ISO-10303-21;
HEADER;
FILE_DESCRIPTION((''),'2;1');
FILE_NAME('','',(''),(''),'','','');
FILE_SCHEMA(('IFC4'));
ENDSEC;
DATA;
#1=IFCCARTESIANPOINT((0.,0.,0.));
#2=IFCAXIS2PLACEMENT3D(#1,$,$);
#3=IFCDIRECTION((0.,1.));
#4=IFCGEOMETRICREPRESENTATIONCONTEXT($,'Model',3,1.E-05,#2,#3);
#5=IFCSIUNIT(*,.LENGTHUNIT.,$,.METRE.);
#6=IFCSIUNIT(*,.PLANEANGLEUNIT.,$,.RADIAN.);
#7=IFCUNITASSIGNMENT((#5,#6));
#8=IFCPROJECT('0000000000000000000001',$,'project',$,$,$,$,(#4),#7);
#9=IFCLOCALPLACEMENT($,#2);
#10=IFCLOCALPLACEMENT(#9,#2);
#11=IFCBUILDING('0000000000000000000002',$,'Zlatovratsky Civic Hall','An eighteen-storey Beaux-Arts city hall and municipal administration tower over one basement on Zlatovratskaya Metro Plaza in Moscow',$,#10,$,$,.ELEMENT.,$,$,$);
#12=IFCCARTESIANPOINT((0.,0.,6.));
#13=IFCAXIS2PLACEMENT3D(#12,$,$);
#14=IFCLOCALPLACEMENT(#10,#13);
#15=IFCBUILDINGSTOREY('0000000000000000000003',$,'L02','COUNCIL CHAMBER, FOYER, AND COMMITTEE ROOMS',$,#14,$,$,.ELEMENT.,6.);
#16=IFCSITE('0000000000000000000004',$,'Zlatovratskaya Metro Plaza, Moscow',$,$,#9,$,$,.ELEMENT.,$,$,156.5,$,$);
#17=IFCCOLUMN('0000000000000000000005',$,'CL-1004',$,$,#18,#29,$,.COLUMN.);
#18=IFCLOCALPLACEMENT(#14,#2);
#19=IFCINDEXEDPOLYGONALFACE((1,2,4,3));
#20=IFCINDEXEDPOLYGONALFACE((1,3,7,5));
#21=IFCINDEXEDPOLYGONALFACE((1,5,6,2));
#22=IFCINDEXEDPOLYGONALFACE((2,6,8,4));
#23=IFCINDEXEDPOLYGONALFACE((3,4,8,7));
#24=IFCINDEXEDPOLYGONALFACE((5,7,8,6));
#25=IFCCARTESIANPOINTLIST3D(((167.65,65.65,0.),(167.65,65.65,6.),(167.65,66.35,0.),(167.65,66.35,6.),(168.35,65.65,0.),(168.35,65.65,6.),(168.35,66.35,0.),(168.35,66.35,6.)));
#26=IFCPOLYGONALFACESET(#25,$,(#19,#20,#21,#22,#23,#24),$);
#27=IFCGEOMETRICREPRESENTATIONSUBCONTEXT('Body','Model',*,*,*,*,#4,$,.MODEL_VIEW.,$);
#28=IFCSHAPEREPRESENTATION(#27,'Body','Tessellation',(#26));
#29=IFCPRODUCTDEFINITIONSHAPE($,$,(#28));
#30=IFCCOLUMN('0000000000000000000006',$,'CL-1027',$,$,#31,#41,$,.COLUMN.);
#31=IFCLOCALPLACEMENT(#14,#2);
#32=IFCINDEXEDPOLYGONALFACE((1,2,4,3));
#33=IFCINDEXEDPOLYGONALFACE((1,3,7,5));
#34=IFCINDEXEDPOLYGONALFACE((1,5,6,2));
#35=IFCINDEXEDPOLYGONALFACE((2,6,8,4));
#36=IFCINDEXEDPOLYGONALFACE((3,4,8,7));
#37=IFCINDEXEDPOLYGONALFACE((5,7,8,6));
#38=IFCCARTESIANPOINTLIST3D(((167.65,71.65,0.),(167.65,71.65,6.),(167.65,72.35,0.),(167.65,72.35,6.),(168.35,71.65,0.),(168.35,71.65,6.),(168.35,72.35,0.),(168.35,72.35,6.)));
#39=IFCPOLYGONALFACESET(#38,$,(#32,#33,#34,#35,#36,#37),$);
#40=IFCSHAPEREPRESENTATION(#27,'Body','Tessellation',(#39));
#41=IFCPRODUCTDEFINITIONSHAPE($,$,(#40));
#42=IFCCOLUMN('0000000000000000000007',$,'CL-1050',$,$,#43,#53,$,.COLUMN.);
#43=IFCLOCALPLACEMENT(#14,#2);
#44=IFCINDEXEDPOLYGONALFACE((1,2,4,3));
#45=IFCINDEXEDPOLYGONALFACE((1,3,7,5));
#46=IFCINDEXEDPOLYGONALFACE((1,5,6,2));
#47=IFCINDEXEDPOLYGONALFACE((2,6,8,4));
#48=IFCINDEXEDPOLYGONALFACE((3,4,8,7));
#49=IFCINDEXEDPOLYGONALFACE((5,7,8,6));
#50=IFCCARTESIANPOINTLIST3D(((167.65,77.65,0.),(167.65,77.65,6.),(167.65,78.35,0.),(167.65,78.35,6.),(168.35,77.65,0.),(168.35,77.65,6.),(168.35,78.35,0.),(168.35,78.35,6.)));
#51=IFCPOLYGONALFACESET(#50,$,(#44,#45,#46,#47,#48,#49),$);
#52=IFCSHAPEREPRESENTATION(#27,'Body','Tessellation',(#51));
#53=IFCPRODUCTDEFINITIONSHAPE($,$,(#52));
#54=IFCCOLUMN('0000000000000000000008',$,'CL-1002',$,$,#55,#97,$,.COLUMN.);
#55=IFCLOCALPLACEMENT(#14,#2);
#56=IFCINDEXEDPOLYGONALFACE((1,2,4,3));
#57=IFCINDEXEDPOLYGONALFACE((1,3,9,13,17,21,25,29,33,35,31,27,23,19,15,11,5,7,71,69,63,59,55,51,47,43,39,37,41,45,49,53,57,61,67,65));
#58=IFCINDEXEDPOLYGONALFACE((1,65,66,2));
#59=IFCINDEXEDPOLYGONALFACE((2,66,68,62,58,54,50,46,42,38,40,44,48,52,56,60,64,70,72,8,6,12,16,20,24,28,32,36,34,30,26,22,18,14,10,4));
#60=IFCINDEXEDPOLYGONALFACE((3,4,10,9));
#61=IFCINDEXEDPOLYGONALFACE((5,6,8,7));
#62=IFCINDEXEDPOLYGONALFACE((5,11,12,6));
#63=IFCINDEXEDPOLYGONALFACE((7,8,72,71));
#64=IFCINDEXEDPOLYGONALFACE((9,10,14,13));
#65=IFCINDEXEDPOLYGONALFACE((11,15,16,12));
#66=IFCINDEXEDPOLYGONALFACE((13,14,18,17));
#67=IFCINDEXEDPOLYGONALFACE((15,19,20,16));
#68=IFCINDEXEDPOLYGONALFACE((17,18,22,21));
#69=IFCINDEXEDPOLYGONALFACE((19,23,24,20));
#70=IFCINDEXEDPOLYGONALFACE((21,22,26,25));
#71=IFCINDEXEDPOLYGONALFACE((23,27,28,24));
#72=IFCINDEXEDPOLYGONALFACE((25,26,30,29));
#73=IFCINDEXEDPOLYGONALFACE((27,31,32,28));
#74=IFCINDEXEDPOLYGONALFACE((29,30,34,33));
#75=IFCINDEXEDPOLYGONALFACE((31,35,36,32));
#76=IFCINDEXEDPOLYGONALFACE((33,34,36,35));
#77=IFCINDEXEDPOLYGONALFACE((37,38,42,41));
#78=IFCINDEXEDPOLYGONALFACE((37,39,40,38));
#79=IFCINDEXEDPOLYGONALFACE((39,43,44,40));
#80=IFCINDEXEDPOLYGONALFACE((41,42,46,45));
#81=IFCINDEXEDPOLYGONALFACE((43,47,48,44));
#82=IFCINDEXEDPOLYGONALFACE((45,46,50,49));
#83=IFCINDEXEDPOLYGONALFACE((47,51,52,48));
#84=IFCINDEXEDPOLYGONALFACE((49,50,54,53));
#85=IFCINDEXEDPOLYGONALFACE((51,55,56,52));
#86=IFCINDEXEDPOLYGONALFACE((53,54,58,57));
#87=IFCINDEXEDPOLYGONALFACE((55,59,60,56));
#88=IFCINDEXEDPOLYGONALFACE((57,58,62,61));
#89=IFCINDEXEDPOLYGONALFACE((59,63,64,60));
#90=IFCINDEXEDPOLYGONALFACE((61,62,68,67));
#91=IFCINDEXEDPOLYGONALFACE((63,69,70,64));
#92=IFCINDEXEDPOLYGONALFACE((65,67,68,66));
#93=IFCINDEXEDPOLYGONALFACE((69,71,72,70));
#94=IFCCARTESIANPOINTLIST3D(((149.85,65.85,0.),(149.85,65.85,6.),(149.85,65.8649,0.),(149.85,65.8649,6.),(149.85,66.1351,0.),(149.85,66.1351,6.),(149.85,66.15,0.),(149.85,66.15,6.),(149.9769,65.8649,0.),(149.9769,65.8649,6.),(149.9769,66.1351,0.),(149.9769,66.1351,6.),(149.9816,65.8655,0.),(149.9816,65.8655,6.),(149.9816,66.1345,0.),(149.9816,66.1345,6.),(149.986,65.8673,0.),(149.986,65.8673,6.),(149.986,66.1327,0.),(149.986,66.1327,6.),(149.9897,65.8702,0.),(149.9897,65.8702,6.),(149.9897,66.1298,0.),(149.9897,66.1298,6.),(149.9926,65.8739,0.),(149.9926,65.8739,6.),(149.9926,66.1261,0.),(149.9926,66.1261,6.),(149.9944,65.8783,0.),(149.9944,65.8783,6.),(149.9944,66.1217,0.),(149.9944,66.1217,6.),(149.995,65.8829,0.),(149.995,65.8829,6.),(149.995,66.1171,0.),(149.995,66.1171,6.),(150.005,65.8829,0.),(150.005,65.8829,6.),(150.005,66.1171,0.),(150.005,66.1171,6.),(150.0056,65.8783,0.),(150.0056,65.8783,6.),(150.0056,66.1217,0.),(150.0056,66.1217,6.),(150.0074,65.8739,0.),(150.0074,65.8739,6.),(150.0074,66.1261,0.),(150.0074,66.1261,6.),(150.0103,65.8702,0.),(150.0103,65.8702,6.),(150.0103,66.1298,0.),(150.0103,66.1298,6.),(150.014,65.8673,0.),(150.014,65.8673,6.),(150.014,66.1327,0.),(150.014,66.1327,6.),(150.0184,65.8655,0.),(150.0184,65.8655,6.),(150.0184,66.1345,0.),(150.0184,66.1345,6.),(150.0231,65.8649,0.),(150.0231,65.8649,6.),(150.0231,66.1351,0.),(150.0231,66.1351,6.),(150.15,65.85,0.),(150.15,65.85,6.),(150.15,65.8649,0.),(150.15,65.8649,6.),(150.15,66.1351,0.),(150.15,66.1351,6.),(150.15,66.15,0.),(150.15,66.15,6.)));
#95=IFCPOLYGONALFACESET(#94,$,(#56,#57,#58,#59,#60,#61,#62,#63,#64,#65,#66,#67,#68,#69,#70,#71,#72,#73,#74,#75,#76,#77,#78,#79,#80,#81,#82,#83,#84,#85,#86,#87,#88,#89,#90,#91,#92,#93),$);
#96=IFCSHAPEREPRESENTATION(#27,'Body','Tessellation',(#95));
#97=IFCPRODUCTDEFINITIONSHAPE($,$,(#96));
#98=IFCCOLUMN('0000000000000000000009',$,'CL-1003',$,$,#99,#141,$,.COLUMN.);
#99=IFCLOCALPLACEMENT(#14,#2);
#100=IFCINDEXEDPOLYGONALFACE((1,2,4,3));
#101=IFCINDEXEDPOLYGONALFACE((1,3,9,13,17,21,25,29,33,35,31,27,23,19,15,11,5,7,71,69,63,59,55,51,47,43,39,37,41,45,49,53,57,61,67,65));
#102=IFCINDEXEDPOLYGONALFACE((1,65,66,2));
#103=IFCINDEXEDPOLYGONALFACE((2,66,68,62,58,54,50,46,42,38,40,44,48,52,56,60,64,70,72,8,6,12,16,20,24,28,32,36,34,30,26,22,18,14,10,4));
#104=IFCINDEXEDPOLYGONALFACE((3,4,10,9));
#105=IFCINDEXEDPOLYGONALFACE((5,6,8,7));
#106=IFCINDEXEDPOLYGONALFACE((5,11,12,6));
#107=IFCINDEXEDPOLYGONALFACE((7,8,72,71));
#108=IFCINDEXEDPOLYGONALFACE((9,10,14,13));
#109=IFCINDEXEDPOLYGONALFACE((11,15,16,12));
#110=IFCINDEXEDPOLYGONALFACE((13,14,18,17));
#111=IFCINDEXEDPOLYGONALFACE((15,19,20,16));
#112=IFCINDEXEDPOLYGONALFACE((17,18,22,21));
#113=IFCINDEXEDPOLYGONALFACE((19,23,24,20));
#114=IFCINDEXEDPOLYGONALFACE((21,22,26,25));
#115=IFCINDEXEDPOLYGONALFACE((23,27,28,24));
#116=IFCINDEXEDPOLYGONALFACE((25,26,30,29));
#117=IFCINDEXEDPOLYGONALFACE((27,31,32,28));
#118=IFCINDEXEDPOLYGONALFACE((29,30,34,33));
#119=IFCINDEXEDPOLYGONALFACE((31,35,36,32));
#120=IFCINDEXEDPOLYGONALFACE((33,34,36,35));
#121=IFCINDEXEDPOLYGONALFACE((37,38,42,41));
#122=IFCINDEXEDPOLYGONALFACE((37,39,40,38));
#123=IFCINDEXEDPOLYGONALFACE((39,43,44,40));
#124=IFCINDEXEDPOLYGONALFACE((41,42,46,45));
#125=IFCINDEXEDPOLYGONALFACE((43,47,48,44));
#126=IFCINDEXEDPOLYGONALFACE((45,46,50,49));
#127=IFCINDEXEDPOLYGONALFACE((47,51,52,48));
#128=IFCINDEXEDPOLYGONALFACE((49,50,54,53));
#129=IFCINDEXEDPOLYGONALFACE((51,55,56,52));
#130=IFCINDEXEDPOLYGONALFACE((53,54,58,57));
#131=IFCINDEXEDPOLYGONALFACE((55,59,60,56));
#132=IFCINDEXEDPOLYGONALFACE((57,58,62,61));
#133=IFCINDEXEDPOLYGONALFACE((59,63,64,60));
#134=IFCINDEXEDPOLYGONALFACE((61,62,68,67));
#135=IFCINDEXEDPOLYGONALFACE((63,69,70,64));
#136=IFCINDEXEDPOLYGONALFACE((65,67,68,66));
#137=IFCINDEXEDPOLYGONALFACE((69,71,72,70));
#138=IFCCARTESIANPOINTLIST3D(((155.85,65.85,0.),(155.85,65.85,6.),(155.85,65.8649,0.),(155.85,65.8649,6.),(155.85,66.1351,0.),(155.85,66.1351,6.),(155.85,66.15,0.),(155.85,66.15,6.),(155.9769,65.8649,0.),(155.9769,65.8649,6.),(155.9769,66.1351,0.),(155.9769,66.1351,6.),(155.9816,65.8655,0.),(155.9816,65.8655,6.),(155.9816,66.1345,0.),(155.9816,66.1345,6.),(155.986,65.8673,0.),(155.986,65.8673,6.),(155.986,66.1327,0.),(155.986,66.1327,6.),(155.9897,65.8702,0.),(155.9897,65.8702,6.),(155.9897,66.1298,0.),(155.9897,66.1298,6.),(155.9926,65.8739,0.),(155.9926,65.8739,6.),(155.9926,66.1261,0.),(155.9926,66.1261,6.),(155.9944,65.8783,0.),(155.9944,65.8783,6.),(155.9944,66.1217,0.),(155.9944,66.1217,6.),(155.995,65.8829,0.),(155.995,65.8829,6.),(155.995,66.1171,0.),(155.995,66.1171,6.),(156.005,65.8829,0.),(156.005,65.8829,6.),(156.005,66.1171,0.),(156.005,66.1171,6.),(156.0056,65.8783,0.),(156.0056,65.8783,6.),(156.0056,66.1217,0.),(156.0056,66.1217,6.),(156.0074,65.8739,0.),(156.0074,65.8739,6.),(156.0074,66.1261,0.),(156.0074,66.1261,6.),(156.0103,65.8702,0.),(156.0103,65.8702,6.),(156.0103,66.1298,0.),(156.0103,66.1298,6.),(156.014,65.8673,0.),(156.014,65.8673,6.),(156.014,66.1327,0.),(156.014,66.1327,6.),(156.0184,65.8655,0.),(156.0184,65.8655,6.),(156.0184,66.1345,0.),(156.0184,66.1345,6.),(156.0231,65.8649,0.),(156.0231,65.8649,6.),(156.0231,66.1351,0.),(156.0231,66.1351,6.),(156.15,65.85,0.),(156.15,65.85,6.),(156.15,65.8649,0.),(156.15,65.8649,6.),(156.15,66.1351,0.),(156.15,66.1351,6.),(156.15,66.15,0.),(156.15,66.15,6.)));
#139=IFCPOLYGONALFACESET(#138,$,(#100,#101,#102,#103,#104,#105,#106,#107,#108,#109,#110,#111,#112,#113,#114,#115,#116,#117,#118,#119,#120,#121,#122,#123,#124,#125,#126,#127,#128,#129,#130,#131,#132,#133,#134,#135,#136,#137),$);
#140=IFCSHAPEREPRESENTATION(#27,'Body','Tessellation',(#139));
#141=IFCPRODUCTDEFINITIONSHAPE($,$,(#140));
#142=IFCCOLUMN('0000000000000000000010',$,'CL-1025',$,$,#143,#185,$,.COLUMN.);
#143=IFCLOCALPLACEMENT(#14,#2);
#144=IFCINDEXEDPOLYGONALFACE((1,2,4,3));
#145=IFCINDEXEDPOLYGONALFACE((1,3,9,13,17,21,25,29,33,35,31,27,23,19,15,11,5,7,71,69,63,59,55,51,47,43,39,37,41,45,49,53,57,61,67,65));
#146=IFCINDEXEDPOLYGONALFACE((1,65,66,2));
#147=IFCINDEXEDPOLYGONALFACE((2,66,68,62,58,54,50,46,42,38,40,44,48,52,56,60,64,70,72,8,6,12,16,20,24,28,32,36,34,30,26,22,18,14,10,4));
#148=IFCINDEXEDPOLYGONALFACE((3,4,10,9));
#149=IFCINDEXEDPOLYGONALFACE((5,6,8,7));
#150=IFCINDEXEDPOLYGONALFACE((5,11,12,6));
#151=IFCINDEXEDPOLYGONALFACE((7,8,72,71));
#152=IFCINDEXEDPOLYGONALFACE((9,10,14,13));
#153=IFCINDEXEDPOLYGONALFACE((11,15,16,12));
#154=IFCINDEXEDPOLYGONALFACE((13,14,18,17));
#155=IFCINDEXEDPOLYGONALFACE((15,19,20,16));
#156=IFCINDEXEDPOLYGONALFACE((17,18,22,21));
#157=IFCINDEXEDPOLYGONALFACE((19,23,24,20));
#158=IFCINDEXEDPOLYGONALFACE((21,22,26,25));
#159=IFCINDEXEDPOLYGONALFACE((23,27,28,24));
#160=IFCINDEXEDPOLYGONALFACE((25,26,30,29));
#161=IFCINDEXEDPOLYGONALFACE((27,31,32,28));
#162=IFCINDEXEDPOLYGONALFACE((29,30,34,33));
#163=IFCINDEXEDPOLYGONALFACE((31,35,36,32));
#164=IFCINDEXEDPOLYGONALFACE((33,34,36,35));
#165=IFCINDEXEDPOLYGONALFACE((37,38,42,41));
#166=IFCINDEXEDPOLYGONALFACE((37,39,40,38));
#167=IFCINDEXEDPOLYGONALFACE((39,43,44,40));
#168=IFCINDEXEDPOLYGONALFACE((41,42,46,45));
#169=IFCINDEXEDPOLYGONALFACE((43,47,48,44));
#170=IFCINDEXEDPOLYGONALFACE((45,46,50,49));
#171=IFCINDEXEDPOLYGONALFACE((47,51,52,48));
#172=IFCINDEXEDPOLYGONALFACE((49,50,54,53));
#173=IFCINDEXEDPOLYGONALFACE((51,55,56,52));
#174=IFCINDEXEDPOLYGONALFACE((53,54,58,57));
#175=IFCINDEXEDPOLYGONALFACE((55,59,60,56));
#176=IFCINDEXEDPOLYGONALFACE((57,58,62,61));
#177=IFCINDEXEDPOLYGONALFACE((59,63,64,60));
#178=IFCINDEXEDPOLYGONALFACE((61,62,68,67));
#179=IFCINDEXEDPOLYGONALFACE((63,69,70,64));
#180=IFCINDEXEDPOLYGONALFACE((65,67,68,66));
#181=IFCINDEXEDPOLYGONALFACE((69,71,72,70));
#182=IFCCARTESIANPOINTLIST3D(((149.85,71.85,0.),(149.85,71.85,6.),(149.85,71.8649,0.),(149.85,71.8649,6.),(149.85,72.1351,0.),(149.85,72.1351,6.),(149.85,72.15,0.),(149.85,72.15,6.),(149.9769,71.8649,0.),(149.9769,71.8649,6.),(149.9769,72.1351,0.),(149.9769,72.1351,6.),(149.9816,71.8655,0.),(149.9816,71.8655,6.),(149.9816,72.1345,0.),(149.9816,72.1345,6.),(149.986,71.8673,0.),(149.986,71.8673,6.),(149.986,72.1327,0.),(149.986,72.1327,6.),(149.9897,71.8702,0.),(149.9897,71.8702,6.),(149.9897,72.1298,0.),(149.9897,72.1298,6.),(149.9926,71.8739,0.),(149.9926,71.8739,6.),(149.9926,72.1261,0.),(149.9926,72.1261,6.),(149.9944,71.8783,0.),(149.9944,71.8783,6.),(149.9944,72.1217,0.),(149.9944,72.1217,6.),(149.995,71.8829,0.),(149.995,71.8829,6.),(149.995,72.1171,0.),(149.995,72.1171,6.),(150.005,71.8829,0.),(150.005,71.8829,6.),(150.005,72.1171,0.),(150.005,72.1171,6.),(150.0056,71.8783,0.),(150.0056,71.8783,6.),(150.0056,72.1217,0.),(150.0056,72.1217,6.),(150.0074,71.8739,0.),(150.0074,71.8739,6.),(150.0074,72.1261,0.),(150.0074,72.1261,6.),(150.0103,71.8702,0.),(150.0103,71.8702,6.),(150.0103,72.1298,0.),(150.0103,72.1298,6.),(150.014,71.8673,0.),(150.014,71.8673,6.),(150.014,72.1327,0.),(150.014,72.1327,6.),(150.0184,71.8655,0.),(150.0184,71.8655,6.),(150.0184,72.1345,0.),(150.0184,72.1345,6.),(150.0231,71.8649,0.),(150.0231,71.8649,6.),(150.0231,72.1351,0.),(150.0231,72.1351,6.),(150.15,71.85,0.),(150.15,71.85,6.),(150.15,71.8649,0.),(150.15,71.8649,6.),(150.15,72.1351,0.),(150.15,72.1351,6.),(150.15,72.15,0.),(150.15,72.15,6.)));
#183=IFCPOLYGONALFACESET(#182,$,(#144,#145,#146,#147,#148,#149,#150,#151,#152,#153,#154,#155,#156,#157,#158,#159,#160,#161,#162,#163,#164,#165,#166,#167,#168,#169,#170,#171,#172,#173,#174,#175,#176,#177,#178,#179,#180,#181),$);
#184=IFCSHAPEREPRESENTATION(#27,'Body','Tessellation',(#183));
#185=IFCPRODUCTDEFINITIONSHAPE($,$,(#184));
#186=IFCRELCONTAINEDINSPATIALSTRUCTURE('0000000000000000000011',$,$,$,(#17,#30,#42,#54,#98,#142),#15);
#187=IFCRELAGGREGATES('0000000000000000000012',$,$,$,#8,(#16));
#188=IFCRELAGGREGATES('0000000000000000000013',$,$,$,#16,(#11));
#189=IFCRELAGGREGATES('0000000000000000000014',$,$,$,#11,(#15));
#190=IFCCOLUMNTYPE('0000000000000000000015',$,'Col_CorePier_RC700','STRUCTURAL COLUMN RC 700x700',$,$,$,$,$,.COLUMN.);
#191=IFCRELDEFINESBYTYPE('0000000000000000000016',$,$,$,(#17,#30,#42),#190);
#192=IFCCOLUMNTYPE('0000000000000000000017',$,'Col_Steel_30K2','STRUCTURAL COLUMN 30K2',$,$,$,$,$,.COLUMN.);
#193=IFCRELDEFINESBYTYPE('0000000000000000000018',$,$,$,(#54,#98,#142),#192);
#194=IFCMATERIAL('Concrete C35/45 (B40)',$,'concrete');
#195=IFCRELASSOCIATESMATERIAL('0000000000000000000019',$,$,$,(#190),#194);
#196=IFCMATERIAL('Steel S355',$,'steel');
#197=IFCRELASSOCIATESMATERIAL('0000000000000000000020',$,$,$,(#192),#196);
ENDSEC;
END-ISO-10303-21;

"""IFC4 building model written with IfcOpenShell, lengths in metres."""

from ifc_helpers import new_model, si_unit, direction, frame, origin, origin_2d, place, context, subcontext, project, spatial, rectangle, i_section, extrude, material, material_profile, profile_set, type_object, element, save


model = new_model("IFC4")

# Units and contexts
model_context = context("Model", 3, precision=1e-05, world=origin(), true_north=direction((0.0, 1.0)))
body_context = subcontext(model_context, "Body", "Model", "MODEL_VIEW")
ifc_project = project(units=[si_unit("LENGTHUNIT", "METRE"), si_unit("PLANEANGLEUNIT", "RADIAN")], contexts=[model_context])

# Site, building, storey
site_placement = place(None, origin())
site = spatial("IfcSite", under=ifc_project, at=site_placement, Name="Zlatovratskaya Metro Plaza, Moscow", CompositionType="ELEMENT", RefElevation=156.5)
building_placement = place(site_placement, origin())
building = spatial("IfcBuilding", under=site, at=building_placement, Name="Zlatovratsky Civic Hall", Description="An eighteen-storey Beaux-Arts city hall and municipal administration tower over one basement on Zlatovratskaya Metro Plaza in Moscow", CompositionType="ELEMENT")
storey_placement = place(building_placement, frame((0.0, 0.0, 6.0)))
storey = spatial("IfcBuildingStorey", under=building, at=storey_placement, Name="L02", Description="COUNCIL CHAMBER, FOYER, AND COMMITTEE ROOMS", CompositionType="ELEMENT", Elevation=6.0)

# Columns
ifc_material_1 = material(Name="Concrete C35/45 (B40)", Category="concrete")
ifc_material_profile_1 = material_profile(ifc_material_1, rectangle(XDim=0.7, YDim=0.7, at=origin_2d()), Name="RC 700x700")
ifc_profile_set_1 = profile_set([ifc_material_profile_1], Name="Concrete C35/45 (B40)")
column_type_1 = type_object("IfcColumnType", Name="Col_CorePier_RC700", Description="STRUCTURAL COLUMN RC 700x700", PredefinedType="COLUMN", material=ifc_profile_set_1)
for number, where, z_axis, x_axis, name in (
    (1, (168.0, 66.0, 0.0), (0.0, 0.0, 1.0), (1.0, 0.0, 0.0), "CL-1004"),
    (2, (168.0, 72.0, 0.0), (0.0, 0.0, 1.0), (1.0, 0.0, 0.0), "CL-1027"),
    (3, (168.0, 78.0, 0.0), (0.0, 0.0, 1.0), (1.0, 0.0, 0.0), "CL-1050"),
):
    element("IfcColumn", number, at=place(storey_placement, frame(where, z_axis=z_axis, x_axis=x_axis)), inside=storey, type_object=column_type_1, Name=name, PredefinedType="COLUMN", context=body_context, shape_type="SweptSolid", body=[
        extrude(rectangle(XDim=0.7, YDim=0.7, at=origin_2d()), origin(), (0.0, 0.0, 1.0), 6.0),
    ])
ifc_material_2 = material(Name="Steel S355", Category="steel")
ifc_material_profile_2 = material_profile(ifc_material_2, i_section(OverallWidth=0.3, OverallDepth=0.3, WebThickness=0.01, FlangeThickness=0.0149, FilletRadius=0.0181, at=origin_2d()), Name="30K2")
ifc_profile_set_2 = profile_set([ifc_material_profile_2], Name="Steel S355")
column_type_2 = type_object("IfcColumnType", Name="Col_Steel_30K2", Description="STRUCTURAL COLUMN 30K2", PredefinedType="COLUMN", material=ifc_profile_set_2)
for number, where, z_axis, x_axis, name in (
    (4, (150.0, 66.0, 0.0), (0.0, 0.0, 1.0), (1.0, 0.0, 0.0), "CL-1002"),
    (5, (156.0, 66.0, 0.0), (0.0, 0.0, 1.0), (1.0, 0.0, 0.0), "CL-1003"),
    (6, (150.0, 72.0, 0.0), (0.0, 0.0, 1.0), (1.0, 0.0, 0.0), "CL-1025"),
):
    element("IfcColumn", number, at=place(storey_placement, frame(where, z_axis=z_axis, x_axis=x_axis)), inside=storey, type_object=column_type_2, Name=name, PredefinedType="COLUMN", context=body_context, shape_type="SweptSolid", body=[
        extrude(i_section(OverallWidth=0.3, OverallDepth=0.3, WebThickness=0.01, FlangeThickness=0.0149, FilletRadius=0.0181, at=origin_2d()), origin(), (0.0, 0.0, 1.0), 6.0),
    ])

save(model, "model.ifc")
